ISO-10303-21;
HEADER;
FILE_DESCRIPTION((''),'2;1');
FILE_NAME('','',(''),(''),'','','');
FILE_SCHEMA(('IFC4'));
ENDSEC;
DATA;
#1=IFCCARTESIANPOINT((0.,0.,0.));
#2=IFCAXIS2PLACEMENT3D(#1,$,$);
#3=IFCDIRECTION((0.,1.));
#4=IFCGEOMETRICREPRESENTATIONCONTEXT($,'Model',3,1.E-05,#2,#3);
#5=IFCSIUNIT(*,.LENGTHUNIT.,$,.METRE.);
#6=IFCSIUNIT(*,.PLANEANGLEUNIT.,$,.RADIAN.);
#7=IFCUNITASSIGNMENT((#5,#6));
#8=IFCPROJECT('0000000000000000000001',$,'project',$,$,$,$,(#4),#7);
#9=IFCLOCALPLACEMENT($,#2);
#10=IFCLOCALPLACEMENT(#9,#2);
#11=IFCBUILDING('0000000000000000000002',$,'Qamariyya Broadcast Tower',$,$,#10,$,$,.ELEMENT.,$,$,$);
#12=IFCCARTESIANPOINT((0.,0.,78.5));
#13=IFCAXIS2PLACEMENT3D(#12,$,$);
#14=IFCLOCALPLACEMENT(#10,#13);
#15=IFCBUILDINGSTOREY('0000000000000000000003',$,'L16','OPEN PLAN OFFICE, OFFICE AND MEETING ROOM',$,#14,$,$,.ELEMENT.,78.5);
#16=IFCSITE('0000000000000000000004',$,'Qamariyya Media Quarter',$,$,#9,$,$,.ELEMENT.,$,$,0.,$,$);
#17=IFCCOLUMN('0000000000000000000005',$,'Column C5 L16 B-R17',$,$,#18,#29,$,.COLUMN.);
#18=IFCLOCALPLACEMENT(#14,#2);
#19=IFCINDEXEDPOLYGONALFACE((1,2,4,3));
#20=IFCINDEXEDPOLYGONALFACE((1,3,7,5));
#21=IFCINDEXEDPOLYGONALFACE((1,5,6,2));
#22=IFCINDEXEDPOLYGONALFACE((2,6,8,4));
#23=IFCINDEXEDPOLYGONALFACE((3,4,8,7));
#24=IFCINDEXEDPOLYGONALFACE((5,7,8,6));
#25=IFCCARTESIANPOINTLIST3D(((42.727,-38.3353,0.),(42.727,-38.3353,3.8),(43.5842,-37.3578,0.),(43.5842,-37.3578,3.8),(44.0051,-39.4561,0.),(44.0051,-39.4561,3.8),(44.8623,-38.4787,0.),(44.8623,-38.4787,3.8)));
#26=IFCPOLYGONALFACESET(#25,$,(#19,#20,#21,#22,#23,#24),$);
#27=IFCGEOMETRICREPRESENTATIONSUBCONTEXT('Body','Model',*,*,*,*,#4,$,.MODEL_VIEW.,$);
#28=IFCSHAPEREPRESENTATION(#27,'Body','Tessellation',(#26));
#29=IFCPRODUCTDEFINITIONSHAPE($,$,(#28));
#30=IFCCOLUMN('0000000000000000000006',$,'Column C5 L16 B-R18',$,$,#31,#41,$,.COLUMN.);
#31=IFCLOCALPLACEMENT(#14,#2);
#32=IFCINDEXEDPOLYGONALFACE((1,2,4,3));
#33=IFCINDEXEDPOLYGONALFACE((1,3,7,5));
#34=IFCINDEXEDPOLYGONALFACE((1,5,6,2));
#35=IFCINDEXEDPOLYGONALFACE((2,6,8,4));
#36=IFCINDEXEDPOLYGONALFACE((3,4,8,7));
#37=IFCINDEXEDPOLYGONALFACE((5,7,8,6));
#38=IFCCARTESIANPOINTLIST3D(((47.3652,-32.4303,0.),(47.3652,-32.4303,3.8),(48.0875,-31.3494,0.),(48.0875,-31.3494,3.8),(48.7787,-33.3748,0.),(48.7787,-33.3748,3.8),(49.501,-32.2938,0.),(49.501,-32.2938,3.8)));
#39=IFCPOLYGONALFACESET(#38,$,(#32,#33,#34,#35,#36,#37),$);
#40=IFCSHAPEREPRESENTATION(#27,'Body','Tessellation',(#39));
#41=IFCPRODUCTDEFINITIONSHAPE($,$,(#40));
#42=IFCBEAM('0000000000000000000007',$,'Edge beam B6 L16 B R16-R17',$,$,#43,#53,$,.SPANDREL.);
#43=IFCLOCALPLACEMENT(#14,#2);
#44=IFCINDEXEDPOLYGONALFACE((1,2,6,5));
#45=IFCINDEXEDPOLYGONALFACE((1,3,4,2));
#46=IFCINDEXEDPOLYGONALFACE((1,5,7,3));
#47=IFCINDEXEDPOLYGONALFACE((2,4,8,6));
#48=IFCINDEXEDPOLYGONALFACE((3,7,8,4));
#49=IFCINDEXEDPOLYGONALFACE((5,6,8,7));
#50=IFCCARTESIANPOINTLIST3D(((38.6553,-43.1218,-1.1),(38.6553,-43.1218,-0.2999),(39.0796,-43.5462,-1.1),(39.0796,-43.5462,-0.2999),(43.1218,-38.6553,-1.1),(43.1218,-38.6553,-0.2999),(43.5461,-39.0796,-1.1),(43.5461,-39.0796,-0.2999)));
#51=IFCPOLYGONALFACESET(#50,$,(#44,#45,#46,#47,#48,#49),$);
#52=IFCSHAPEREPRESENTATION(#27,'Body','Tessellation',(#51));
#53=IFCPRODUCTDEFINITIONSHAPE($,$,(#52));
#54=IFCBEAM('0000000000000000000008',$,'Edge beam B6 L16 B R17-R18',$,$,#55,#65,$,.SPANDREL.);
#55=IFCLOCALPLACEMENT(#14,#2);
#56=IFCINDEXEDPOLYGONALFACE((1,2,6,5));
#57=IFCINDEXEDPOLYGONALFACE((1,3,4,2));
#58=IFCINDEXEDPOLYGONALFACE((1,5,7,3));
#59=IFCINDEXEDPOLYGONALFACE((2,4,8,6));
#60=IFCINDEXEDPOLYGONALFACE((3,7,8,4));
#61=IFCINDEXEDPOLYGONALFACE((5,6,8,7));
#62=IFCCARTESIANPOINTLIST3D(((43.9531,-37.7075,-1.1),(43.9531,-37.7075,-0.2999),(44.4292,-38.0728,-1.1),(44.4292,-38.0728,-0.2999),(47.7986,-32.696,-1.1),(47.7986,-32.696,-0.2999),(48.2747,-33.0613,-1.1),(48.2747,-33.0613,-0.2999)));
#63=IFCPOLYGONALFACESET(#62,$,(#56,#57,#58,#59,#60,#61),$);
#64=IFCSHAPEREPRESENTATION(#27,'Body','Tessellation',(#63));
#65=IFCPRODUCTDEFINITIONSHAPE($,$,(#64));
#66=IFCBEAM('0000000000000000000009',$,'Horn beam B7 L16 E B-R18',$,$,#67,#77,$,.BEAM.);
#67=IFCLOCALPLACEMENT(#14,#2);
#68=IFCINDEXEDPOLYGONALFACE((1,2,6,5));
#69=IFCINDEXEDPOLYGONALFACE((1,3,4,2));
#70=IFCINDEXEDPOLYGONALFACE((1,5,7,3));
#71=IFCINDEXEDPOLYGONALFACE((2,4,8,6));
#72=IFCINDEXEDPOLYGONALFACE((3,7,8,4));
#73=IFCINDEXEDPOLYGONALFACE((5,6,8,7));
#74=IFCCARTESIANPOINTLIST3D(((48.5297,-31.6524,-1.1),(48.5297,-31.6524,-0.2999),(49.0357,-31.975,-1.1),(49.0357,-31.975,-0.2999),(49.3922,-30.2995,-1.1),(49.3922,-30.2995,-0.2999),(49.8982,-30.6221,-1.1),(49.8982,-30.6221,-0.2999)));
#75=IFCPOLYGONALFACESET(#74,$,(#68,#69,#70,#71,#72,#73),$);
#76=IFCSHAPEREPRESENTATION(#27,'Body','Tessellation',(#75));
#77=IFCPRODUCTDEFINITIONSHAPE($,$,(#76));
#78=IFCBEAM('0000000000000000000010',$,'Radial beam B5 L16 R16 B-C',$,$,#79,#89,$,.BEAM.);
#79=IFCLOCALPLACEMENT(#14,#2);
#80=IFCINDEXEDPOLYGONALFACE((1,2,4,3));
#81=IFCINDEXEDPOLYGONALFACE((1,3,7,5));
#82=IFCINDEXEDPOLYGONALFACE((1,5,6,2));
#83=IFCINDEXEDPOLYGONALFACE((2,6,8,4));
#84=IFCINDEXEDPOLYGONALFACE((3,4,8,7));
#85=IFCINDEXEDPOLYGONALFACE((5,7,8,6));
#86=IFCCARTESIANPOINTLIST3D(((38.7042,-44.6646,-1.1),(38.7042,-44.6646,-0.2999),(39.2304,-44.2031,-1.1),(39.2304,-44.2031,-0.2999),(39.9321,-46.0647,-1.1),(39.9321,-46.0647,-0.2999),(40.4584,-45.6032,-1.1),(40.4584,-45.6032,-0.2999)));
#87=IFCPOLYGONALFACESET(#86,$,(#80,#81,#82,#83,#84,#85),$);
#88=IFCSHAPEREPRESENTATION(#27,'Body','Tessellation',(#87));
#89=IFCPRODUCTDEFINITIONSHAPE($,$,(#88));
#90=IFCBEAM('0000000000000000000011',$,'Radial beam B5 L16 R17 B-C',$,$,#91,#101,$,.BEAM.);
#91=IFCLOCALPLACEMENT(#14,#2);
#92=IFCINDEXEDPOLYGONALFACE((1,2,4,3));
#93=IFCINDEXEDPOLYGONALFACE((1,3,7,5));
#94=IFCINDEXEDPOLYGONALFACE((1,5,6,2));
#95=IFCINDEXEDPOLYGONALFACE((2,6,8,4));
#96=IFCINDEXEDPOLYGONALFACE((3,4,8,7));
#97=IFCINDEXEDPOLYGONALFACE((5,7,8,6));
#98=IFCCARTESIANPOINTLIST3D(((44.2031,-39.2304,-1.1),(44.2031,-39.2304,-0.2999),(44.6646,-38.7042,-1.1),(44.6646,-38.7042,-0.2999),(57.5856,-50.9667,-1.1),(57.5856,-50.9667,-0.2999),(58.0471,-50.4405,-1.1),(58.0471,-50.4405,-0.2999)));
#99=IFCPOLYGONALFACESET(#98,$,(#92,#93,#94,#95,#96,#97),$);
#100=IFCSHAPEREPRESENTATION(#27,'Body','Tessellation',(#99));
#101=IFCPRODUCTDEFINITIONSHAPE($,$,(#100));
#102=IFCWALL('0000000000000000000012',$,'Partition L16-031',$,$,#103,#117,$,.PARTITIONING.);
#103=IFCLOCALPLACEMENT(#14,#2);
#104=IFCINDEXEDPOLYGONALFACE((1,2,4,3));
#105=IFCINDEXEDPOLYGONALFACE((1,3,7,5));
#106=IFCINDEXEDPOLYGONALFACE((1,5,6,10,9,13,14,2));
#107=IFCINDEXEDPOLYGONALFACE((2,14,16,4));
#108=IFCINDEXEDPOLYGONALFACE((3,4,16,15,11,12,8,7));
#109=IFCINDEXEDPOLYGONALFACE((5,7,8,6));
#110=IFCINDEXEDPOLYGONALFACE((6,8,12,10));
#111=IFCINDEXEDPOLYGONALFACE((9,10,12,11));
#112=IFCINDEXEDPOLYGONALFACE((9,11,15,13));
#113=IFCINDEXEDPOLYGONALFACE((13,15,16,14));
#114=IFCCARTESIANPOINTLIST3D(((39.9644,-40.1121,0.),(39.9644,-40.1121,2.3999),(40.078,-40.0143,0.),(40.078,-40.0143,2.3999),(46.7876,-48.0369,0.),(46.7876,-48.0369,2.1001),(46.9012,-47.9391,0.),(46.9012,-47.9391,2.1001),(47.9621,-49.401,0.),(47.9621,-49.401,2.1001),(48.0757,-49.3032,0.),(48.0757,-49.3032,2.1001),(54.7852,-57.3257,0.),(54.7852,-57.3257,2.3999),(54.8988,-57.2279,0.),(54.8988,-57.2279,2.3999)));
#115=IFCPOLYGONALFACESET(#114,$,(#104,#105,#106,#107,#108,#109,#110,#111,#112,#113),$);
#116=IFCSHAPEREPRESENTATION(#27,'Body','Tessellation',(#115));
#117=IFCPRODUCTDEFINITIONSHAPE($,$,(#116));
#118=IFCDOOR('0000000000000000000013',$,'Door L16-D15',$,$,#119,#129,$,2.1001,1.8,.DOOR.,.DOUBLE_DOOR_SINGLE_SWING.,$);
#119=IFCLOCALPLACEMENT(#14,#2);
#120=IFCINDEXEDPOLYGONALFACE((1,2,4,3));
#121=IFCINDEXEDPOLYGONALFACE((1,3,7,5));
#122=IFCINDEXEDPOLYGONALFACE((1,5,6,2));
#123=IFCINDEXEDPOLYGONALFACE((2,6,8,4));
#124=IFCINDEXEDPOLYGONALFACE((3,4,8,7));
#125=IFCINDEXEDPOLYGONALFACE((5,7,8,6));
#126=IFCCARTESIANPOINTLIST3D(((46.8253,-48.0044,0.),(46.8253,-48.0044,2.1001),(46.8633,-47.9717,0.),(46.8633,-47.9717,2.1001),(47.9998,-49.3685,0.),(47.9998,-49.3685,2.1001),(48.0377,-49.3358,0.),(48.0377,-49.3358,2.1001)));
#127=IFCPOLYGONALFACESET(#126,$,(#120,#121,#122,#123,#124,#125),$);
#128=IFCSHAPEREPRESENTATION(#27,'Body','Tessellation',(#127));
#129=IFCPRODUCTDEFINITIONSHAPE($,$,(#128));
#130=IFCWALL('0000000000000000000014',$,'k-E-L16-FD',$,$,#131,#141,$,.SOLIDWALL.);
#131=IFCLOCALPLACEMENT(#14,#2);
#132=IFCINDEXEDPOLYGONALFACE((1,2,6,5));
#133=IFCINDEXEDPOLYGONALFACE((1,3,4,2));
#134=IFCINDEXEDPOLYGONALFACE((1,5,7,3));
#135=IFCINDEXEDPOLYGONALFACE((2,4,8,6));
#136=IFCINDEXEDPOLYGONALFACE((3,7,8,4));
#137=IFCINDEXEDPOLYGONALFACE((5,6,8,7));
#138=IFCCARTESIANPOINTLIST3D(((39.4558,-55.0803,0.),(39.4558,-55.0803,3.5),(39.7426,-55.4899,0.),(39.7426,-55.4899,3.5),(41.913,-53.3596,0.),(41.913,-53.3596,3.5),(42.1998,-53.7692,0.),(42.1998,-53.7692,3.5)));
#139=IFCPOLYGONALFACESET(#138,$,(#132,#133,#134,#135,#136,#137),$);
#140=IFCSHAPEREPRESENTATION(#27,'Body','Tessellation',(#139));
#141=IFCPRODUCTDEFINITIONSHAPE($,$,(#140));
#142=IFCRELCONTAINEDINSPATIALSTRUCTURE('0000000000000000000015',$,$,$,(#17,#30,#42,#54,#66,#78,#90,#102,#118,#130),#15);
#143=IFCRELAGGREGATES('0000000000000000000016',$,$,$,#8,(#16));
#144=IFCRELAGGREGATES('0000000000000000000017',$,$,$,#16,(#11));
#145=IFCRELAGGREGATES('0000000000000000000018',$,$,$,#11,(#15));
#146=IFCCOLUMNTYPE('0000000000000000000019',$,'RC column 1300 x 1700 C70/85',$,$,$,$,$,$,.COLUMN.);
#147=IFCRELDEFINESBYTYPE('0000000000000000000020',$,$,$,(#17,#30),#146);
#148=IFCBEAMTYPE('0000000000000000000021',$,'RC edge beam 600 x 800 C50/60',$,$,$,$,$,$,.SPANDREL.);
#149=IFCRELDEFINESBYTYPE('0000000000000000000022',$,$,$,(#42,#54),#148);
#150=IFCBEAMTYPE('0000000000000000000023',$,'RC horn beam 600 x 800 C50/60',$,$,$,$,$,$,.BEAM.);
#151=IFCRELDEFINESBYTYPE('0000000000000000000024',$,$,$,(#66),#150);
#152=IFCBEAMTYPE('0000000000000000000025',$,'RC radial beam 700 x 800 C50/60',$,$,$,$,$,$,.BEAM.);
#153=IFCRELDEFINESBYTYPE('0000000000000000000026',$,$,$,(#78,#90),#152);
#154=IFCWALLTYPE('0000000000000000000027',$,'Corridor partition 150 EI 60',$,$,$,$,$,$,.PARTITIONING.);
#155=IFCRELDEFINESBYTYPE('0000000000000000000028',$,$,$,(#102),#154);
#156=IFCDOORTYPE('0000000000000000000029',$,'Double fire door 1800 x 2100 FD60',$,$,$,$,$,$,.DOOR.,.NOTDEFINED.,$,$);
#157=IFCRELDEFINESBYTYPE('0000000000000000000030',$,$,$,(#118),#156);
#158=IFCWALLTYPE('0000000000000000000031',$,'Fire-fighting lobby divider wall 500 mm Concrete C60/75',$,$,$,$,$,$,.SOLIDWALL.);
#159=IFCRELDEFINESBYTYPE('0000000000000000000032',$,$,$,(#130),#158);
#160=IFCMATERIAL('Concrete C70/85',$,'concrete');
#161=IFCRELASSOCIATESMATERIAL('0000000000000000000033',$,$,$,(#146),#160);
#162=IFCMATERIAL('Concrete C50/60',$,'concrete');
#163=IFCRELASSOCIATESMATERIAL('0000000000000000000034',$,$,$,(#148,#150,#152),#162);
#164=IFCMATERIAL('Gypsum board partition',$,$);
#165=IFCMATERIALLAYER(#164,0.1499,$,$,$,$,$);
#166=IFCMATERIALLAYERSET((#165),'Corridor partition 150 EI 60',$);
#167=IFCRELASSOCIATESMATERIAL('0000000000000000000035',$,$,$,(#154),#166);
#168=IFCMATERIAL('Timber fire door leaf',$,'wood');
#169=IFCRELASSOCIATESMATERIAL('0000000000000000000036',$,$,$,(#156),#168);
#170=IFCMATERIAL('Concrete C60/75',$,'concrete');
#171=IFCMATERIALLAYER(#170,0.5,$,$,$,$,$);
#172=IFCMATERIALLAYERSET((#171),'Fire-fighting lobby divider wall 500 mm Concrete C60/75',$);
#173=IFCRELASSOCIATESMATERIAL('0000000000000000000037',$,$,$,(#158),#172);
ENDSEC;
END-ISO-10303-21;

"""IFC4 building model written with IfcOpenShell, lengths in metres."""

from ifc_helpers import new_model, si_unit, direction, frame, frame_2d, origin, origin_2d, place, context, subcontext, project, spatial, rectangle, extrude, material, layer, layer_set, material_profile, profile_set, type_object, element, fill, save


model = new_model("IFC4")

# Units and contexts
model_context = context("Model", 3, precision=1e-05, world=origin(), true_north=direction((0.0, 1.0)))
body_context = subcontext(model_context, "Body", "Model", "MODEL_VIEW")
ifc_project = project(units=[si_unit("LENGTHUNIT", "METRE"), si_unit("PLANEANGLEUNIT", "RADIAN")], contexts=[model_context])

# Site, building, storey
site_placement = place(None, origin())
site = spatial("IfcSite", under=ifc_project, at=site_placement, Name="Qamariyya Media Quarter", CompositionType="ELEMENT", RefElevation=0.0)
building_placement = place(site_placement, origin())
building = spatial("IfcBuilding", under=site, at=building_placement, Name="Qamariyya Broadcast Tower", CompositionType="ELEMENT")
storey_placement = place(building_placement, frame((0.0, 0.0, 78.5)))
storey = spatial("IfcBuildingStorey", under=building, at=storey_placement, Name="L16", Description="OPEN PLAN OFFICE, OFFICE AND MEETING ROOM", CompositionType="ELEMENT", Elevation=78.5)

# Columns
ifc_material_1 = material(Name="Concrete C70/85", Category="concrete")
ifc_material_profile_1 = material_profile(ifc_material_1, rectangle(XDim=1.3, YDim=1.7, at=origin_2d()))
ifc_profile_set_1 = profile_set([ifc_material_profile_1], Name="Concrete C70/85")
column_type = type_object("IfcColumnType", Name="RC column 1300 x 1700 C70/85", PredefinedType="COLUMN", material=ifc_profile_set_1)
for number, where, z_axis, x_axis, name in (
    (1, (43.7947, -38.407, 0.0), (0.0, 0.0, 1.0), (0.659346, 0.75184, 0.0), "Column C5 L16 B-R17"),
    (2, (48.4331, -32.3621, 0.0), (0.0, 0.0, 1.0), (0.55557, 0.83147, 0.0), "Column C5 L16 B-R18"),
):
    element("IfcColumn", number, at=place(storey_placement, frame(where, z_axis=z_axis, x_axis=x_axis)), inside=storey, type_object=column_type, Name=name, PredefinedType="COLUMN", context=body_context, shape_type="SweptSolid", body=[
        extrude(rectangle(XDim=1.3, YDim=1.7, at=origin_2d()), origin(), (0.0, 0.0, 1.0), 3.8),
    ])

# Beams
ifc_material_2 = material(Name="Concrete C50/60", Category="concrete")
ifc_material_profile_2 = material_profile(ifc_material_2, rectangle(XDim=0.6001, YDim=0.8, at=origin_2d()))
ifc_profile_set_2 = profile_set([ifc_material_profile_2], Name="Concrete C50/60")
beam_type_1 = type_object("IfcBeamType", Name="RC edge beam 600 x 800 C50/60", PredefinedType="SPANDREL", material=ifc_profile_set_2)
beam_1_placement = place(storey_placement, frame((38.8674, -43.334, -0.7), z_axis=(0.707107, 0.707107, 0.0), x_axis=(-0.707107, 0.707107, 0.0)))
element("IfcBeam", 3, at=beam_1_placement, inside=storey, type_object=beam_type_1, Name="Edge beam B6 L16 B R16-R17", PredefinedType="SPANDREL", context=body_context, shape_type="SweptSolid", body=[
    extrude(rectangle(XDim=0.6001, YDim=0.8, at=origin_2d()), origin(), (0.0, 0.0, 1.0), 6.3167),
])
beam_2_placement = place(storey_placement, frame((44.1912, -37.8901, -0.7), z_axis=(0.608763, 0.793352, 0.0), x_axis=(-0.793352, 0.608763, 0.0)))
element("IfcBeam", 4, at=beam_2_placement, inside=storey, type_object=beam_type_1, Name="Edge beam B6 L16 B R17-R18", PredefinedType="SPANDREL", context=body_context, shape_type="SweptSolid", body=[
    extrude(rectangle(XDim=0.6001, YDim=0.8, at=origin_2d()), origin(), (0.0, 0.0, 1.0), 6.3169),
])
ifc_material_profile_3 = material_profile(ifc_material_2, rectangle(XDim=0.6001, YDim=0.8, at=origin_2d()))
ifc_profile_set_3 = profile_set([ifc_material_profile_3], Name="Concrete C50/60")
beam_type_2 = type_object("IfcBeamType", Name="RC horn beam 600 x 800 C50/60", PredefinedType="BEAM", material=ifc_profile_set_3)
beam_3_placement = place(storey_placement, frame((48.7827, -31.8137, -0.7), z_axis=(0.537555, 0.843229, 0.0), x_axis=(-0.843229, 0.537555, 0.0)))
element("IfcBeam", 5, at=beam_3_placement, inside=storey, type_object=beam_type_2, Name="Horn beam B7 L16 E B-R18", PredefinedType="BEAM", context=body_context, shape_type="SweptSolid", body=[
    extrude(rectangle(XDim=0.6001, YDim=0.8, at=origin_2d()), origin(), (0.0, 0.0, 1.0), 1.6045),
])
ifc_material_profile_4 = material_profile(ifc_material_2, rectangle(XDim=0.7, YDim=0.8, at=origin_2d()))
ifc_profile_set_4 = profile_set([ifc_material_profile_4], Name="Concrete C50/60")
beam_type_3 = type_object("IfcBeamType", Name="RC radial beam 700 x 800 C50/60", PredefinedType="BEAM", material=ifc_profile_set_4)
beam_4_placement = place(storey_placement, frame((38.9673, -44.4338, -0.7), z_axis=(0.659386, -0.751805, 0.0), x_axis=(0.751805, 0.659386, 0.0)))
element("IfcBeam", 6, at=beam_4_placement, inside=storey, type_object=beam_type_3, Name="Radial beam B5 L16 R16 B-C", PredefinedType="BEAM", context=body_context, shape_type="SweptSolid", body=[
    extrude(rectangle(XDim=0.7, YDim=0.8, at=origin_2d()), origin(), (0.0, 0.0, 1.0), 1.8623),
])
beam_5_placement = place(storey_placement, frame((44.4338, -38.9673, -0.7), z_axis=(0.751836, -0.65935, 0.0), x_axis=(0.65935, 0.751836, 0.0)))
element("IfcBeam", 7, at=beam_5_placement, inside=storey, type_object=beam_type_3, Name="Radial beam B5 L16 R17 B-C", PredefinedType="BEAM", context=body_context, shape_type="SweptSolid", body=[
    extrude(rectangle(XDim=0.7, YDim=0.8, at=origin_2d()), origin(), (0.0, 0.0, 1.0), 17.7998),
])

# Wall, opening, door
ifc_material_3 = material(Name="Gypsum board partition")
ifc_layer_1 = layer(ifc_material_3, 0.1499)
ifc_layer_set_1 = layer_set([ifc_layer_1], Name="Corridor partition 150 EI 60")
wall_type_1 = type_object("IfcWallType", Name="Corridor partition 150 EI 60", PredefinedType="PARTITIONING", material=ifc_layer_set_1)
wall_1_placement = place(storey_placement, frame((40.0212, -40.0632, 0.0), z_axis=(0.0, 0.0, 1.0), x_axis=(0.652472, -0.757813, 0.0)))
wall_1 = element("IfcWall", 8, at=wall_1_placement, inside=storey, type_object=wall_type_1, Name="Partition L16-031", PredefinedType="PARTITIONING", context=body_context, shape_type="SweptSolid", body=[
    extrude(rectangle(XDim=22.7148, YDim=0.1499, at=frame_2d((11.3574, 0.0))), origin(), (0.0, 0.0, 1.0), 2.3999),
])
opening_1_placement = place(wall_1_placement, frame((10.4575, 0.0, 0.0)))
opening_1 = element("IfcOpeningElement", 9, at=opening_1_placement, cuts=wall_1, PredefinedType="OPENING", context=body_context, shape_type="SweptSolid", body=[
    extrude(rectangle(XDim=1.8, YDim=2.1001, at=frame_2d((0.8999, 1.05))), frame((0.0, 0.085, 0.0), z_axis=(0.0, -1.0, 0.0), x_axis=(1.0, 0.0, 0.0)), (0.0, 0.0, 1.0), 0.1699),
])
ifc_material_4 = material(Name="Timber fire door leaf", Category="wood")
door_type_1 = type_object("IfcDoorType", Name="Double fire door 1800 x 2100 FD60", OperationType="NOTDEFINED", PredefinedType="DOOR", material=ifc_material_4)
door_1_placement = place(opening_1_placement, origin())
door_1 = element("IfcDoor", 10, at=door_1_placement, inside=storey, type_object=door_type_1, Name="Door L16-D15", OperationType="DOUBLE_DOOR_SINGLE_SWING", OverallHeight=2.1001, OverallWidth=1.8, PredefinedType="DOOR", context=body_context, shape_type="SweptSolid", body=[
    extrude(rectangle(XDim=1.8, YDim=2.1001, at=frame_2d((0.8999, 1.05))), frame((0.0, 0.0249, 0.0), z_axis=(0.0, -1.0, 0.0), x_axis=(1.0, 0.0, 0.0)), (0.0, 0.0, 1.0), 0.05),
])
fill(opening_1, door_1)

# Wall
ifc_material_5 = material(Name="Concrete C60/75", Category="concrete")
ifc_layer_2 = layer(ifc_material_5, 0.5)
ifc_layer_set_2 = layer_set([ifc_layer_2], Name="Fire-fighting lobby divider wall 500 mm Concrete C60/75")
wall_type_2 = type_object("IfcWallType", Name="Fire-fighting lobby divider wall 500 mm Concrete C60/75", PredefinedType="SOLIDWALL", material=ifc_layer_set_2)
wall_2_placement = place(storey_placement, frame((39.5991, -55.2852, 0.0), z_axis=(0.0, 0.0, 1.0), x_axis=(0.819136, 0.573599, 0.0)))
element("IfcWall", 11, at=wall_2_placement, inside=storey, type_object=wall_type_2, Name="k-E-L16-FD", PredefinedType="SOLIDWALL", context=body_context, shape_type="SweptSolid", body=[
    extrude(rectangle(XDim=2.9998, YDim=0.5, at=frame_2d((1.5, 0.0))), origin(), (0.0, 0.0, 1.0), 3.5),
])

save(model, "model.ifc")
